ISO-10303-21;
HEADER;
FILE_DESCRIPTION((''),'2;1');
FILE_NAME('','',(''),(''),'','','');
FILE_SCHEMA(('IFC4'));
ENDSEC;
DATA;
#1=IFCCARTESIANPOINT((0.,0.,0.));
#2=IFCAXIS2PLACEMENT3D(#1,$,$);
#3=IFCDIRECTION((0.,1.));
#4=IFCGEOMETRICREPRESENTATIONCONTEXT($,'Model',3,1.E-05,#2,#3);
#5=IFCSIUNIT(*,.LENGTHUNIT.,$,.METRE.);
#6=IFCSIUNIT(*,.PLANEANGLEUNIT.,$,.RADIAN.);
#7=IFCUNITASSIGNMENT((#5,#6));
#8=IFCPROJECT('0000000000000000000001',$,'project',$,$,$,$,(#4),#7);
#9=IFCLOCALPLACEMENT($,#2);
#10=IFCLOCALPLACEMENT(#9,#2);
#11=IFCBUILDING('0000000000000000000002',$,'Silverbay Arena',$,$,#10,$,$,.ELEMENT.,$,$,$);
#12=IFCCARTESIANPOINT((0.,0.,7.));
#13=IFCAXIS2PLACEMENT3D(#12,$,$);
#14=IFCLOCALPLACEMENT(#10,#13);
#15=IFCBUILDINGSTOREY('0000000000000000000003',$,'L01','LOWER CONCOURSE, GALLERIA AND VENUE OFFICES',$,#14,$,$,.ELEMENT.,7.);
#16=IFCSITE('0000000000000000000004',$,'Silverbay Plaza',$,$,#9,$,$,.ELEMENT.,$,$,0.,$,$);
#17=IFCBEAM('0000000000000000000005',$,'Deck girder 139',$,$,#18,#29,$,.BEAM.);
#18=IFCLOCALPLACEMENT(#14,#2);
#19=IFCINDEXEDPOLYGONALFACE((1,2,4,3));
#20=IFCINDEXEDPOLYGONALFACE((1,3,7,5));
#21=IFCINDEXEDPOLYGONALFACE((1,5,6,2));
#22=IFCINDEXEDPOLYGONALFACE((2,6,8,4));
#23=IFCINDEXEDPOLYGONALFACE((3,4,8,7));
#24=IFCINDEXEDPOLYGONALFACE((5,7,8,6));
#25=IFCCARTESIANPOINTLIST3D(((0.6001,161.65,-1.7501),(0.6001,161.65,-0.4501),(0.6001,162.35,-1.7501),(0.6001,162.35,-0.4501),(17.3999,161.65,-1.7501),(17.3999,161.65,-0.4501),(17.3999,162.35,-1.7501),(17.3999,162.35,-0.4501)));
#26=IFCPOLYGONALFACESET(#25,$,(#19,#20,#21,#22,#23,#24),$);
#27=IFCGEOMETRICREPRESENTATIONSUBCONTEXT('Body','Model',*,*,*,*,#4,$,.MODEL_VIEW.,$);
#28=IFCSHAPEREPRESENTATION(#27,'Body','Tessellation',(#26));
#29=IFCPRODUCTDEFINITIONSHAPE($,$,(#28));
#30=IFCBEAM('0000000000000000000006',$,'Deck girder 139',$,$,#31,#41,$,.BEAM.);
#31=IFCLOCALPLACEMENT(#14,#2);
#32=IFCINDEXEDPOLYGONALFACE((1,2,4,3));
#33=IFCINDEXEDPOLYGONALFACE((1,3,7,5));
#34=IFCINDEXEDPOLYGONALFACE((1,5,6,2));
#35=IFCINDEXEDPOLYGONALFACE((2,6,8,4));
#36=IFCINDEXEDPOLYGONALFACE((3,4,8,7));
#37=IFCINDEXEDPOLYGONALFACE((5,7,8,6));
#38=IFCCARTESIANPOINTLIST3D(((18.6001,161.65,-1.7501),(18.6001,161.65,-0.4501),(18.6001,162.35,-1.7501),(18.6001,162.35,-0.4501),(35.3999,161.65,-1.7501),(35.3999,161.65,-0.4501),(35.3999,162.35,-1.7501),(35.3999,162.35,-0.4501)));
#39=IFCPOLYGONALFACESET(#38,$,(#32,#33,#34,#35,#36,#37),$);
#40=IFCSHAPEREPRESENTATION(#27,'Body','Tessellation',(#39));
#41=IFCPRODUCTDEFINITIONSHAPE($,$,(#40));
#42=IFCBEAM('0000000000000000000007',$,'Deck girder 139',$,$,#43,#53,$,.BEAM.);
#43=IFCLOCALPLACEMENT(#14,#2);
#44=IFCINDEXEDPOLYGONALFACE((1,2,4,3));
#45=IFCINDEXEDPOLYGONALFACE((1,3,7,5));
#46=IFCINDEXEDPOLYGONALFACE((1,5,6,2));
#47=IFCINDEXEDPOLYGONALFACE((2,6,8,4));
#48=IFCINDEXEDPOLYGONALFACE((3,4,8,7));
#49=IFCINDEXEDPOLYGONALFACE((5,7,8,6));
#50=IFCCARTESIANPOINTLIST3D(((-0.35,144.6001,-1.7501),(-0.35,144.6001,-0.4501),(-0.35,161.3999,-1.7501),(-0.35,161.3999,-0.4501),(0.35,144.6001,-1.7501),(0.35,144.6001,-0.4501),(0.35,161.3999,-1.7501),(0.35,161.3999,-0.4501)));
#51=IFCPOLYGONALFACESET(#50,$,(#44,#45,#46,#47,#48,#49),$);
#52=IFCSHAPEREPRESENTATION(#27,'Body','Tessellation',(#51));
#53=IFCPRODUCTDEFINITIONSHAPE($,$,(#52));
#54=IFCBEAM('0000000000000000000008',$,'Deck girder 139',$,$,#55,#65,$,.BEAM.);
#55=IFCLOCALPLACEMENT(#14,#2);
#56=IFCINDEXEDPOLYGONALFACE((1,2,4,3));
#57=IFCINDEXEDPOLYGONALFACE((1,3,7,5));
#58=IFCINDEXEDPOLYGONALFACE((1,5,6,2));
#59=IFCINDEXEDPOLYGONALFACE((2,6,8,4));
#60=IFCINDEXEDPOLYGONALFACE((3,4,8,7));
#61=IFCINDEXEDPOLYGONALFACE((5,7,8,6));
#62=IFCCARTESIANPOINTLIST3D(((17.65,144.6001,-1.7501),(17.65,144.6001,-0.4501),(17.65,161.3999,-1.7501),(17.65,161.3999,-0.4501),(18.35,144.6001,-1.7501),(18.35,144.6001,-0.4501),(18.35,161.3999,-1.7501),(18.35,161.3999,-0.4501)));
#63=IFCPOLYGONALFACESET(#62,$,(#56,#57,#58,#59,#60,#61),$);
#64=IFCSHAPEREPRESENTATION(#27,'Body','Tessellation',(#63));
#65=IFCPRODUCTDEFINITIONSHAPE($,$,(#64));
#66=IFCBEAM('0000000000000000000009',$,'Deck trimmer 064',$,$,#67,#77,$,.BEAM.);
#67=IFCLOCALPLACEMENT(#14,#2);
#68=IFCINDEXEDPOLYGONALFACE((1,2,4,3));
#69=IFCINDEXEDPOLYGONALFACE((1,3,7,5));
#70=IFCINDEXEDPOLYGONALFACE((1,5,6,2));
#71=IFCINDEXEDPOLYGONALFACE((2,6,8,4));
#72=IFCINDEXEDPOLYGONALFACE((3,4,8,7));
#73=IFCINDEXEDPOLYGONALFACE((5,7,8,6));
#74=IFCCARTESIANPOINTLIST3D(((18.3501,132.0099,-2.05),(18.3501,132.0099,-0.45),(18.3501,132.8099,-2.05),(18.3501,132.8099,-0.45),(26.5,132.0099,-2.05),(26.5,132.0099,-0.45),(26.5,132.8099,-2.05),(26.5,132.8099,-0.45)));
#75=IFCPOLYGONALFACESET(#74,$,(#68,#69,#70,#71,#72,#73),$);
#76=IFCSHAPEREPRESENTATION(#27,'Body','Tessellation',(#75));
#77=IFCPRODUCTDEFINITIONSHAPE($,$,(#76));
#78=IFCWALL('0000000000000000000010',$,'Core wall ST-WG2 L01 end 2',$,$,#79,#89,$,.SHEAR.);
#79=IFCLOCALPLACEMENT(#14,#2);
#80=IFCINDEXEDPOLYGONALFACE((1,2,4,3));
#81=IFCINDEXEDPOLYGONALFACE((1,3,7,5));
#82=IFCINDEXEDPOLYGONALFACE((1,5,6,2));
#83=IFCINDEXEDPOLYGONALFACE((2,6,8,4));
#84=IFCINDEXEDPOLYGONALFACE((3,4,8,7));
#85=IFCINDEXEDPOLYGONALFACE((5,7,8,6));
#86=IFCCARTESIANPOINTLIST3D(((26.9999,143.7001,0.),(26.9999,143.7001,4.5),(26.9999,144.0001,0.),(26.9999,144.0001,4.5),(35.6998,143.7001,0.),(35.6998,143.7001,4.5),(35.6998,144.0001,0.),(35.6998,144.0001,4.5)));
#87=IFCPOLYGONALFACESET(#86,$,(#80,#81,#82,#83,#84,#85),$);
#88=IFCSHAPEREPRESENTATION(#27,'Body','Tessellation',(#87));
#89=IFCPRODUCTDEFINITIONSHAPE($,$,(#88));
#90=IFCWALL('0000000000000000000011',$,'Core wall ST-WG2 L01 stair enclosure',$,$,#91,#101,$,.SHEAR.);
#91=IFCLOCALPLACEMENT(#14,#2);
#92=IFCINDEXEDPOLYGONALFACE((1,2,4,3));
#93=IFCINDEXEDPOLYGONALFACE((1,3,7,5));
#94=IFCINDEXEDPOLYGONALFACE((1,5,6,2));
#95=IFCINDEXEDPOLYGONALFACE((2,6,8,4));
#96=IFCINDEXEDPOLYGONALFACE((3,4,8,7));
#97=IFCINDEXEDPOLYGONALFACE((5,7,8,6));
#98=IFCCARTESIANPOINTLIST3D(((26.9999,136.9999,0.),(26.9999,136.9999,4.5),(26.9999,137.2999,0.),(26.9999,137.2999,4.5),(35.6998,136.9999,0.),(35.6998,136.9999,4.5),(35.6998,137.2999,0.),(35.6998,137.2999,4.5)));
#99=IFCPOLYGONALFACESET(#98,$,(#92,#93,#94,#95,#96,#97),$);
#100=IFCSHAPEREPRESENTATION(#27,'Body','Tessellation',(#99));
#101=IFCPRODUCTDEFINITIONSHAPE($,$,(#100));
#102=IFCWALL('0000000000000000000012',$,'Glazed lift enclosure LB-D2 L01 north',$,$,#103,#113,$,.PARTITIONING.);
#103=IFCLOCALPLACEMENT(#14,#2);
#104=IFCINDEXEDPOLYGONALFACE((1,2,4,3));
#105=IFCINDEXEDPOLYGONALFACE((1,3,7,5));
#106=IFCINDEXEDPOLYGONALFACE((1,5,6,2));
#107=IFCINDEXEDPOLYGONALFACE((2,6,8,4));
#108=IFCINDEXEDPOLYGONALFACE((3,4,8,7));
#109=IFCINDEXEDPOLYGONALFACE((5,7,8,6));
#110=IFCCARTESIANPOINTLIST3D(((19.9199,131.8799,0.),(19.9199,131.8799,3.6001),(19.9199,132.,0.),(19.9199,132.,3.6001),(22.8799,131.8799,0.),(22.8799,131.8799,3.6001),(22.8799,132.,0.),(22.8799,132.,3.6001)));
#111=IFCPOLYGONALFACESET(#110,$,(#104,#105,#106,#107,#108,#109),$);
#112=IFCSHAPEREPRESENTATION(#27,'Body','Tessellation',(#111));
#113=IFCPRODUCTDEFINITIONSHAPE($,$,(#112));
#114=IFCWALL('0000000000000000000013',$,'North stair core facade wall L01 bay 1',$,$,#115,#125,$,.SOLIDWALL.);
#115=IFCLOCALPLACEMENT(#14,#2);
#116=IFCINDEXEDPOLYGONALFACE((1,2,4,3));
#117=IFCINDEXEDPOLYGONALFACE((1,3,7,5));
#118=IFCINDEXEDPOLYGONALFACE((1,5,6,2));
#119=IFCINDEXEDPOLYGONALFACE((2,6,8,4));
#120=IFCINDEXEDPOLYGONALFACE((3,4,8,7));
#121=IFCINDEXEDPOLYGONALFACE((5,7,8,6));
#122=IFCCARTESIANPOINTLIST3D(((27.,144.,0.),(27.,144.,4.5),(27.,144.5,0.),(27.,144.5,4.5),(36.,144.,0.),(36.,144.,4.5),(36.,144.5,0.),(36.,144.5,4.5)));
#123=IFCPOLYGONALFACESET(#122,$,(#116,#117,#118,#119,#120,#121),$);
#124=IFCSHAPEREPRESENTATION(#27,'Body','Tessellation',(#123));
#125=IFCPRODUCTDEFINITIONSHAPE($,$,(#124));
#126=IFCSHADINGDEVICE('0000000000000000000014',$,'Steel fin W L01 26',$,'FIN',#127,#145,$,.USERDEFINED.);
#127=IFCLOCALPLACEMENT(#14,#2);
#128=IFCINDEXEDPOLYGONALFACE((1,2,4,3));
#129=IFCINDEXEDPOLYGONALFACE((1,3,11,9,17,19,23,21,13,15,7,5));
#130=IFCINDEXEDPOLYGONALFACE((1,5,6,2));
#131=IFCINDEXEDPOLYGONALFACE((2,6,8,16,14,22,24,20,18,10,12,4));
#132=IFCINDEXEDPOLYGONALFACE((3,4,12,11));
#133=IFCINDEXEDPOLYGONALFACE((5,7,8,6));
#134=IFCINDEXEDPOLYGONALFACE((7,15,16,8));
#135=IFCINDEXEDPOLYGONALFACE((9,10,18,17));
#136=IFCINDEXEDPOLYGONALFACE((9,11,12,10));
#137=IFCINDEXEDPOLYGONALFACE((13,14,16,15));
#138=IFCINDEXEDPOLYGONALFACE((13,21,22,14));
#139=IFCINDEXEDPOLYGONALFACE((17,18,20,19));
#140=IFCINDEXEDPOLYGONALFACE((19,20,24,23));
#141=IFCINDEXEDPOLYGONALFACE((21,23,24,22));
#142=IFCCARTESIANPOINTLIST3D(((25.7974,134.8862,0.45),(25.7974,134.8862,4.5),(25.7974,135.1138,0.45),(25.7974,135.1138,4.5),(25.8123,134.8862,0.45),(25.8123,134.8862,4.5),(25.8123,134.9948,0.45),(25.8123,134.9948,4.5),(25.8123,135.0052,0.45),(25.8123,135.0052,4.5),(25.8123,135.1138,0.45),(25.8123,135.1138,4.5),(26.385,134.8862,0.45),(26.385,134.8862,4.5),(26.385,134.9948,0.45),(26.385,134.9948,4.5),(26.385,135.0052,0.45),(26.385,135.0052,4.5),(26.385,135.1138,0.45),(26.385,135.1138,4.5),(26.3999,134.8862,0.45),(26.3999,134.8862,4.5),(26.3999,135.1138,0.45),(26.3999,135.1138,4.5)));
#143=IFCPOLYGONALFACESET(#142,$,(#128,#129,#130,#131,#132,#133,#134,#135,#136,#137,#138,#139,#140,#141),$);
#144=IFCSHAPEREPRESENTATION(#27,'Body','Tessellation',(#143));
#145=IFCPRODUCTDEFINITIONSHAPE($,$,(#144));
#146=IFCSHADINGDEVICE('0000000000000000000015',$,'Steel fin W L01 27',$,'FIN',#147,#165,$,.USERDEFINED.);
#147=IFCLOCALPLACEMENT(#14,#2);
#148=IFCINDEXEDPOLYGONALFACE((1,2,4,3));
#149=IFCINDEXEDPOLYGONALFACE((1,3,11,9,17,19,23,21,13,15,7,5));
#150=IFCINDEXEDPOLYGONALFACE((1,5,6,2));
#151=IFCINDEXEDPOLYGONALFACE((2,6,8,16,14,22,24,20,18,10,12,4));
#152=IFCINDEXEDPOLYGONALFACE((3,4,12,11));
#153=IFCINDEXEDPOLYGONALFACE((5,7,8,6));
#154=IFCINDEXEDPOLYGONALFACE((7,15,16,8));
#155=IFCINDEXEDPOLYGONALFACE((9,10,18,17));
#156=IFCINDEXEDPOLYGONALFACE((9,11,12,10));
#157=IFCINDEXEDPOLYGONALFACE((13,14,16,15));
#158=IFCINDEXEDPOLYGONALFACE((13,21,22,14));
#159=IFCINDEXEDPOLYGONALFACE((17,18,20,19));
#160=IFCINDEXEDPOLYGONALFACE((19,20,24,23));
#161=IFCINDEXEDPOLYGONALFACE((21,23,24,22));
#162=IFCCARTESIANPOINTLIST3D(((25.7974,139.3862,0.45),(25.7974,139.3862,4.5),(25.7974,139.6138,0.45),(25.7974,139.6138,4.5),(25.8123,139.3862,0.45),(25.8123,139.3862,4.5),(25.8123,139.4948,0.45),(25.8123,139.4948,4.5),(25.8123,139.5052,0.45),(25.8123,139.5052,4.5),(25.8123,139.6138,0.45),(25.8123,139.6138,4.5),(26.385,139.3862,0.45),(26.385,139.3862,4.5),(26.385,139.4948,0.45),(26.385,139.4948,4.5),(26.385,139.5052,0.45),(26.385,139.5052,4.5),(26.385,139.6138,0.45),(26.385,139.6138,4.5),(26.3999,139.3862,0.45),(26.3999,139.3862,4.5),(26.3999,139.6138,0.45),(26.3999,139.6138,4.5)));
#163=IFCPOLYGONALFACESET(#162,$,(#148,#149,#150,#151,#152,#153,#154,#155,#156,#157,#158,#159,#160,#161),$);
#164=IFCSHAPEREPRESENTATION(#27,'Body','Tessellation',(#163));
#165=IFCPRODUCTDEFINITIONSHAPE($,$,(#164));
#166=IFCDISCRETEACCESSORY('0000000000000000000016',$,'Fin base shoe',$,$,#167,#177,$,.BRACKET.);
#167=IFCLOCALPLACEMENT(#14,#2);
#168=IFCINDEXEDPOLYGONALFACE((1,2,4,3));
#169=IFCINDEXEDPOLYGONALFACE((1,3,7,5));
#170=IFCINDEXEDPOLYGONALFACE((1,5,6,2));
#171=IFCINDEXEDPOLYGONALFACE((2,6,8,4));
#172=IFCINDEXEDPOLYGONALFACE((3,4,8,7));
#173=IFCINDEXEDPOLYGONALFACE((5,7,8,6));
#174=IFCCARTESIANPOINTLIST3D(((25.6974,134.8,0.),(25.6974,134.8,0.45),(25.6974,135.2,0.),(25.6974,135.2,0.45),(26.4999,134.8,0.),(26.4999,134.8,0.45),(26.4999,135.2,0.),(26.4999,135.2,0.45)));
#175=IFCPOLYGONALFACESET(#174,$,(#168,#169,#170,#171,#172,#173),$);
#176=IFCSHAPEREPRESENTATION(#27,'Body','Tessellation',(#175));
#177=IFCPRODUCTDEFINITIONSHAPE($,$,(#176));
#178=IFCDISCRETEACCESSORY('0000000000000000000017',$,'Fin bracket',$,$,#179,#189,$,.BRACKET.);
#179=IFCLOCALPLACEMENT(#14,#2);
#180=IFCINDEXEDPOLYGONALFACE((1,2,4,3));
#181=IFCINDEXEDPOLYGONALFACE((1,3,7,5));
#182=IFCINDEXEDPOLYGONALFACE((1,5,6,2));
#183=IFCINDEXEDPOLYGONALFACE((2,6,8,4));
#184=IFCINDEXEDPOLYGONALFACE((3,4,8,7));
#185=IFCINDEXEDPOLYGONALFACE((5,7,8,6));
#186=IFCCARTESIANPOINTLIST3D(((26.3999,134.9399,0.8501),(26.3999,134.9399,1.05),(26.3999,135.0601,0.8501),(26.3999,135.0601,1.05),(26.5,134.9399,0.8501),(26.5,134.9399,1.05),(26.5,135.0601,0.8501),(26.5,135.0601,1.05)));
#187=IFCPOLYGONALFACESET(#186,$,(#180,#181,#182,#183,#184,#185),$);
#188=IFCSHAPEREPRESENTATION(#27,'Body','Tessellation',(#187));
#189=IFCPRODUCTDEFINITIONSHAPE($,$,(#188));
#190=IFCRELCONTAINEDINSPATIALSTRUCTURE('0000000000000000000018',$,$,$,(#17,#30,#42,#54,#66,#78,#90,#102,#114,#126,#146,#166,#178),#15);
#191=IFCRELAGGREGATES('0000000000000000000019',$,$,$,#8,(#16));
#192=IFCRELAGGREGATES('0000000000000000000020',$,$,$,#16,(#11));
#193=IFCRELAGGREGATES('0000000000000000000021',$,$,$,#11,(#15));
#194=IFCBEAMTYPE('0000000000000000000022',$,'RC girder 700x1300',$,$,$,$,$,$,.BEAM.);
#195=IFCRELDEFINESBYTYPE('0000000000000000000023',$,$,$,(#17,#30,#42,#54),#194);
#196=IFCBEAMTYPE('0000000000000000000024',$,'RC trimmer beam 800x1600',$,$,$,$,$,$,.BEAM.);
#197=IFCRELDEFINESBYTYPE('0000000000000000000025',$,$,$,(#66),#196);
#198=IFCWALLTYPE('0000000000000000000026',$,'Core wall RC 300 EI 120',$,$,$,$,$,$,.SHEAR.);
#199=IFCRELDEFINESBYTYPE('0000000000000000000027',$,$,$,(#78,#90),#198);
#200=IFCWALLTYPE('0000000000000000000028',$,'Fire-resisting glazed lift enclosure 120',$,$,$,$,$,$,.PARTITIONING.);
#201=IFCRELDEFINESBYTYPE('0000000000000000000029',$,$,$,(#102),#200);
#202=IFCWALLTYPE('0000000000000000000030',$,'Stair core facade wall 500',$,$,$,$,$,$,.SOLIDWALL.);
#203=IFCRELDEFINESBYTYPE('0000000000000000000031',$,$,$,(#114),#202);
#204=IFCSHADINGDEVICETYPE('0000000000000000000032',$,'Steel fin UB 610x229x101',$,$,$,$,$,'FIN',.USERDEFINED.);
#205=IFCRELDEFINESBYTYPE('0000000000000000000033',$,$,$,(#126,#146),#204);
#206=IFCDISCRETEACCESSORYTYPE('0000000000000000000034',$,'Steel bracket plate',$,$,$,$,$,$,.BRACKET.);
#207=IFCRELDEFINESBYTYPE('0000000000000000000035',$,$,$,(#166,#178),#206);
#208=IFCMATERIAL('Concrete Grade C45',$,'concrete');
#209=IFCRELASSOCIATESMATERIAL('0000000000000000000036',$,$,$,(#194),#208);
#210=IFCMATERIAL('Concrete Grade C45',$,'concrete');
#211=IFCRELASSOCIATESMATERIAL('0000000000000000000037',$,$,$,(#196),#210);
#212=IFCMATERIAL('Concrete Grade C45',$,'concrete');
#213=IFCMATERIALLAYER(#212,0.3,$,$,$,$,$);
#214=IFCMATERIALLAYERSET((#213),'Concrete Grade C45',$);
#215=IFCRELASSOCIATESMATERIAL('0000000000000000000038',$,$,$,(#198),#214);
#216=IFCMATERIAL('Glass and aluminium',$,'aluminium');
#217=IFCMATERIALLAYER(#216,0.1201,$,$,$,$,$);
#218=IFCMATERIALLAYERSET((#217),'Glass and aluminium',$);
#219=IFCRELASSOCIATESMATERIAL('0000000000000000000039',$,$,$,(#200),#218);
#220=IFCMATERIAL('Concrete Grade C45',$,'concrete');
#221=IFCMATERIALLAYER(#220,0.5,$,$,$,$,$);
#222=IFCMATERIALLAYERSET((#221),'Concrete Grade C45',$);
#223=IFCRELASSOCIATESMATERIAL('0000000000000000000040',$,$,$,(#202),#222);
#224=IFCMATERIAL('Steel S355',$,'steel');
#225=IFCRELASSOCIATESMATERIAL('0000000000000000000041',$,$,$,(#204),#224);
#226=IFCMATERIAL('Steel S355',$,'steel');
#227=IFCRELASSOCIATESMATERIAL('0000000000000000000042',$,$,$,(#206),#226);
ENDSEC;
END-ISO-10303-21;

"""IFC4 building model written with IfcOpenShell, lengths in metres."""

from ifc_helpers import new_model, si_unit, direction, frame, frame_2d, origin, origin_2d, place, context, subcontext, project, spatial, rectangle, i_section, extrude, material, layer, layer_set, material_profile, profile_set, type_object, element, save


model = new_model("IFC4")

# Units and contexts
model_context = context("Model", 3, precision=1e-05, world=origin(), true_north=direction((0.0, 1.0)))
body_context = subcontext(model_context, "Body", "Model", "MODEL_VIEW")
ifc_project = project(units=[si_unit("LENGTHUNIT", "METRE"), si_unit("PLANEANGLEUNIT", "RADIAN")], contexts=[model_context])

# Site, building, storey
site_placement = place(None, origin())
site = spatial("IfcSite", under=ifc_project, at=site_placement, Name="Silverbay Plaza", CompositionType="ELEMENT", RefElevation=0.0)
building_placement = place(site_placement, origin())
building = spatial("IfcBuilding", under=site, at=building_placement, Name="Silverbay Arena", CompositionType="ELEMENT")
storey_placement = place(building_placement, frame((0.0, 0.0, 7.0)))
storey = spatial("IfcBuildingStorey", under=building, at=storey_placement, Name="L01", Description="LOWER CONCOURSE, GALLERIA AND VENUE OFFICES", CompositionType="ELEMENT", Elevation=7.0)

# Beams
ifc_material_1 = material(Name="Concrete Grade C45", Category="concrete")
ifc_material_profile_1 = material_profile(ifc_material_1, rectangle(XDim=0.7, YDim=1.3, at=origin_2d()), Name="RC 700x1300")
ifc_profile_set_1 = profile_set([ifc_material_profile_1], Name="Concrete Grade C45")
beam_type_1 = type_object("IfcBeamType", Name="RC girder 700x1300", PredefinedType="BEAM", material=ifc_profile_set_1)
for number, where, z_axis, x_axis, name in (
    (1, (0.6001, 162.0, -1.1001), (1.0, 0.0, 0.0), (0.0, 1.0, 0.0), "Deck girder 139"),
    (2, (18.6001, 162.0, -1.1001), (1.0, 0.0, 0.0), (0.0, 1.0, 0.0), "Deck girder 139"),
    (3, (0.0, 144.6001, -1.1001), (0.0, 1.0, 0.0), (-1.0, 0.0, 0.0), "Deck girder 139"),
    (4, (18.0, 144.6001, -1.1001), (0.0, 1.0, 0.0), (-1.0, 0.0, 0.0), "Deck girder 139"),
):
    element("IfcBeam", number, at=place(storey_placement, frame(where, z_axis=z_axis, x_axis=x_axis)), inside=storey, type_object=beam_type_1, Name=name, PredefinedType="BEAM", context=body_context, shape_type="SweptSolid", body=[
        extrude(rectangle(XDim=0.7, YDim=1.3, at=origin_2d()), origin(), (0.0, 0.0, 1.0), 16.7998),
    ])
ifc_material_2 = material(Name="Concrete Grade C45", Category="concrete")
ifc_material_profile_2 = material_profile(ifc_material_2, rectangle(XDim=0.8, YDim=1.6001, at=origin_2d()), Name="RC 800x1600")
ifc_profile_set_2 = profile_set([ifc_material_profile_2], Name="Concrete Grade C45")
beam_type_2 = type_object("IfcBeamType", Name="RC trimmer beam 800x1600", PredefinedType="BEAM", material=ifc_profile_set_2)
beam_1_placement = place(storey_placement, frame((18.3501, 132.4099, -1.25), z_axis=(1.0, 0.0, 0.0), x_axis=(0.0, 1.0, 0.0)))
element("IfcBeam", 5, at=beam_1_placement, inside=storey, type_object=beam_type_2, Name="Deck trimmer 064", PredefinedType="BEAM", context=body_context, shape_type="SweptSolid", body=[
    extrude(rectangle(XDim=0.8, YDim=1.6001, at=origin_2d()), origin(), (0.0, 0.0, 1.0), 8.1499),
])

# Walls
ifc_material_3 = material(Name="Concrete Grade C45", Category="concrete")
ifc_layer_1 = layer(ifc_material_3, 0.3)
ifc_layer_set_1 = layer_set([ifc_layer_1], Name="Concrete Grade C45")
wall_type_1 = type_object("IfcWallType", Name="Core wall RC 300 EI 120", PredefinedType="SHEAR", material=ifc_layer_set_1)
for number, where, z_axis, x_axis, name in (
    (6, (35.7, 143.8501, 0.0), (0.0, 0.0, 1.0), (-1.0, 0.0, 0.0), "Core wall ST-WG2 L01 end 2"),
    (7, (35.7, 137.1499, 0.0), (0.0, 0.0, 1.0), (-1.0, 0.0, 0.0), "Core wall ST-WG2 L01 stair enclosure"),
):
    element("IfcWall", number, at=place(storey_placement, frame(where, z_axis=z_axis, x_axis=x_axis)), inside=storey, type_object=wall_type_1, Name=name, PredefinedType="SHEAR", context=body_context, shape_type="SweptSolid", body=[
        extrude(rectangle(XDim=8.7, YDim=0.3, at=frame_2d((4.3501, 0.0))), origin(), (0.0, 0.0, 1.0), 4.5),
    ])
ifc_material_4 = material(Name="Glass and aluminium", Category="aluminium")
ifc_layer_2 = layer(ifc_material_4, 0.1201)
ifc_layer_set_2 = layer_set([ifc_layer_2], Name="Glass and aluminium")
wall_type_2 = type_object("IfcWallType", Name="Fire-resisting glazed lift enclosure 120", PredefinedType="PARTITIONING", material=ifc_layer_set_2)
wall_1_placement = place(storey_placement, frame((19.9199, 131.9399, 0.0), z_axis=(0.0, 0.0, 1.0), x_axis=(1.0, 0.0, 0.0)))
element("IfcWall", 8, at=wall_1_placement, inside=storey, type_object=wall_type_2, Name="Glazed lift enclosure LB-D2 L01 north", PredefinedType="PARTITIONING", context=body_context, shape_type="SweptSolid", body=[
    extrude(rectangle(XDim=2.96, YDim=0.1201, at=frame_2d((1.48, 0.0))), origin(), (0.0, 0.0, 1.0), 3.6001),
])
ifc_material_5 = material(Name="Concrete Grade C45", Category="concrete")
ifc_layer_3 = layer(ifc_material_5, 0.5)
ifc_layer_set_3 = layer_set([ifc_layer_3], Name="Concrete Grade C45")
wall_type_3 = type_object("IfcWallType", Name="Stair core facade wall 500", PredefinedType="SOLIDWALL", material=ifc_layer_set_3)
wall_2_placement = place(storey_placement, frame((36.0, 144.25, 0.0), z_axis=(0.0, 0.0, 1.0), x_axis=(-1.0, 0.0, 0.0)))
element("IfcWall", 9, at=wall_2_placement, inside=storey, type_object=wall_type_3, Name="North stair core facade wall L01 bay 1", PredefinedType="SOLIDWALL", context=body_context, shape_type="SweptSolid", body=[
    extrude(rectangle(XDim=9.0, YDim=0.5, at=frame_2d((4.5, 0.0))), origin(), (0.0, 0.0, 1.0), 4.5),
])

# Shading devices
ifc_material_6 = material(Name="Steel S355", Category="steel")
ifc_material_profile_3 = material_profile(ifc_material_6, i_section(OverallWidth=0.2275, OverallDepth=0.6025, WebThickness=0.0105, FlangeThickness=0.0149, at=origin_2d()), Name="UB 610x229x101")
ifc_profile_set_3 = profile_set([ifc_material_profile_3], Name="Steel S355")
shading_device_type = type_object("IfcShadingDeviceType", Name="Steel fin UB 610x229x101", ElementType="FIN", PredefinedType="USERDEFINED", material=ifc_profile_set_3)
for number, where, z_axis, x_axis, name in (
    (10, (26.0986, 135.0, 0.45), (0.0, 0.0, 1.0), (0.0, 1.0, 0.0), "Steel fin W L01 26"),
    (11, (26.0986, 139.5, 0.45), (0.0, 0.0, 1.0), (0.0, 1.0, 0.0), "Steel fin W L01 27"),
):
    element("IfcShadingDevice", number, at=place(storey_placement, frame(where, z_axis=z_axis, x_axis=x_axis)), inside=storey, type_object=shading_device_type, Name=name, ObjectType="FIN", PredefinedType="USERDEFINED", context=body_context, shape_type="SweptSolid", body=[
        extrude(i_section(OverallWidth=0.2275, OverallDepth=0.6025, WebThickness=0.0105, FlangeThickness=0.0149, at=origin_2d()), origin(), (0.0, 0.0, 1.0), 4.05),
    ])

# Discrete accessories
ifc_material_7 = material(Name="Steel S355", Category="steel")
discrete_accessory_type = type_object("IfcDiscreteAccessoryType", Name="Steel bracket plate", PredefinedType="BRACKET", material=ifc_material_7)
discrete_accessory_1_placement = place(storey_placement, frame((26.0986, 135.0, 0.0), z_axis=(0.0, 0.0, 1.0), x_axis=(1.0, 0.0, 0.0)))
element("IfcDiscreteAccessory", 12, at=discrete_accessory_1_placement, inside=storey, type_object=discrete_accessory_type, Name="Fin base shoe", PredefinedType="BRACKET", context=body_context, shape_type="SweptSolid", body=[
    extrude(rectangle(XDim=0.8025, YDim=0.3999, at=origin_2d()), origin(), (0.0, 0.0, 1.0), 0.45),
])
for number, where, z_axis, x_axis, name in (
    (13, (26.45, 135.0, 0.8501), (0.0, 0.0, 1.0), (1.0, 0.0, 0.0), "Fin bracket"),
):
    element("IfcDiscreteAccessory", number, at=place(storey_placement, frame(where, z_axis=z_axis, x_axis=x_axis)), inside=storey, type_object=discrete_accessory_type, Name=name, PredefinedType="BRACKET", context=body_context, shape_type="SweptSolid", body=[
        extrude(rectangle(XDim=0.1001, YDim=0.1201, at=origin_2d()), origin(), (0.0, 0.0, 1.0), 0.2),
    ])

save(model, "model.ifc")
